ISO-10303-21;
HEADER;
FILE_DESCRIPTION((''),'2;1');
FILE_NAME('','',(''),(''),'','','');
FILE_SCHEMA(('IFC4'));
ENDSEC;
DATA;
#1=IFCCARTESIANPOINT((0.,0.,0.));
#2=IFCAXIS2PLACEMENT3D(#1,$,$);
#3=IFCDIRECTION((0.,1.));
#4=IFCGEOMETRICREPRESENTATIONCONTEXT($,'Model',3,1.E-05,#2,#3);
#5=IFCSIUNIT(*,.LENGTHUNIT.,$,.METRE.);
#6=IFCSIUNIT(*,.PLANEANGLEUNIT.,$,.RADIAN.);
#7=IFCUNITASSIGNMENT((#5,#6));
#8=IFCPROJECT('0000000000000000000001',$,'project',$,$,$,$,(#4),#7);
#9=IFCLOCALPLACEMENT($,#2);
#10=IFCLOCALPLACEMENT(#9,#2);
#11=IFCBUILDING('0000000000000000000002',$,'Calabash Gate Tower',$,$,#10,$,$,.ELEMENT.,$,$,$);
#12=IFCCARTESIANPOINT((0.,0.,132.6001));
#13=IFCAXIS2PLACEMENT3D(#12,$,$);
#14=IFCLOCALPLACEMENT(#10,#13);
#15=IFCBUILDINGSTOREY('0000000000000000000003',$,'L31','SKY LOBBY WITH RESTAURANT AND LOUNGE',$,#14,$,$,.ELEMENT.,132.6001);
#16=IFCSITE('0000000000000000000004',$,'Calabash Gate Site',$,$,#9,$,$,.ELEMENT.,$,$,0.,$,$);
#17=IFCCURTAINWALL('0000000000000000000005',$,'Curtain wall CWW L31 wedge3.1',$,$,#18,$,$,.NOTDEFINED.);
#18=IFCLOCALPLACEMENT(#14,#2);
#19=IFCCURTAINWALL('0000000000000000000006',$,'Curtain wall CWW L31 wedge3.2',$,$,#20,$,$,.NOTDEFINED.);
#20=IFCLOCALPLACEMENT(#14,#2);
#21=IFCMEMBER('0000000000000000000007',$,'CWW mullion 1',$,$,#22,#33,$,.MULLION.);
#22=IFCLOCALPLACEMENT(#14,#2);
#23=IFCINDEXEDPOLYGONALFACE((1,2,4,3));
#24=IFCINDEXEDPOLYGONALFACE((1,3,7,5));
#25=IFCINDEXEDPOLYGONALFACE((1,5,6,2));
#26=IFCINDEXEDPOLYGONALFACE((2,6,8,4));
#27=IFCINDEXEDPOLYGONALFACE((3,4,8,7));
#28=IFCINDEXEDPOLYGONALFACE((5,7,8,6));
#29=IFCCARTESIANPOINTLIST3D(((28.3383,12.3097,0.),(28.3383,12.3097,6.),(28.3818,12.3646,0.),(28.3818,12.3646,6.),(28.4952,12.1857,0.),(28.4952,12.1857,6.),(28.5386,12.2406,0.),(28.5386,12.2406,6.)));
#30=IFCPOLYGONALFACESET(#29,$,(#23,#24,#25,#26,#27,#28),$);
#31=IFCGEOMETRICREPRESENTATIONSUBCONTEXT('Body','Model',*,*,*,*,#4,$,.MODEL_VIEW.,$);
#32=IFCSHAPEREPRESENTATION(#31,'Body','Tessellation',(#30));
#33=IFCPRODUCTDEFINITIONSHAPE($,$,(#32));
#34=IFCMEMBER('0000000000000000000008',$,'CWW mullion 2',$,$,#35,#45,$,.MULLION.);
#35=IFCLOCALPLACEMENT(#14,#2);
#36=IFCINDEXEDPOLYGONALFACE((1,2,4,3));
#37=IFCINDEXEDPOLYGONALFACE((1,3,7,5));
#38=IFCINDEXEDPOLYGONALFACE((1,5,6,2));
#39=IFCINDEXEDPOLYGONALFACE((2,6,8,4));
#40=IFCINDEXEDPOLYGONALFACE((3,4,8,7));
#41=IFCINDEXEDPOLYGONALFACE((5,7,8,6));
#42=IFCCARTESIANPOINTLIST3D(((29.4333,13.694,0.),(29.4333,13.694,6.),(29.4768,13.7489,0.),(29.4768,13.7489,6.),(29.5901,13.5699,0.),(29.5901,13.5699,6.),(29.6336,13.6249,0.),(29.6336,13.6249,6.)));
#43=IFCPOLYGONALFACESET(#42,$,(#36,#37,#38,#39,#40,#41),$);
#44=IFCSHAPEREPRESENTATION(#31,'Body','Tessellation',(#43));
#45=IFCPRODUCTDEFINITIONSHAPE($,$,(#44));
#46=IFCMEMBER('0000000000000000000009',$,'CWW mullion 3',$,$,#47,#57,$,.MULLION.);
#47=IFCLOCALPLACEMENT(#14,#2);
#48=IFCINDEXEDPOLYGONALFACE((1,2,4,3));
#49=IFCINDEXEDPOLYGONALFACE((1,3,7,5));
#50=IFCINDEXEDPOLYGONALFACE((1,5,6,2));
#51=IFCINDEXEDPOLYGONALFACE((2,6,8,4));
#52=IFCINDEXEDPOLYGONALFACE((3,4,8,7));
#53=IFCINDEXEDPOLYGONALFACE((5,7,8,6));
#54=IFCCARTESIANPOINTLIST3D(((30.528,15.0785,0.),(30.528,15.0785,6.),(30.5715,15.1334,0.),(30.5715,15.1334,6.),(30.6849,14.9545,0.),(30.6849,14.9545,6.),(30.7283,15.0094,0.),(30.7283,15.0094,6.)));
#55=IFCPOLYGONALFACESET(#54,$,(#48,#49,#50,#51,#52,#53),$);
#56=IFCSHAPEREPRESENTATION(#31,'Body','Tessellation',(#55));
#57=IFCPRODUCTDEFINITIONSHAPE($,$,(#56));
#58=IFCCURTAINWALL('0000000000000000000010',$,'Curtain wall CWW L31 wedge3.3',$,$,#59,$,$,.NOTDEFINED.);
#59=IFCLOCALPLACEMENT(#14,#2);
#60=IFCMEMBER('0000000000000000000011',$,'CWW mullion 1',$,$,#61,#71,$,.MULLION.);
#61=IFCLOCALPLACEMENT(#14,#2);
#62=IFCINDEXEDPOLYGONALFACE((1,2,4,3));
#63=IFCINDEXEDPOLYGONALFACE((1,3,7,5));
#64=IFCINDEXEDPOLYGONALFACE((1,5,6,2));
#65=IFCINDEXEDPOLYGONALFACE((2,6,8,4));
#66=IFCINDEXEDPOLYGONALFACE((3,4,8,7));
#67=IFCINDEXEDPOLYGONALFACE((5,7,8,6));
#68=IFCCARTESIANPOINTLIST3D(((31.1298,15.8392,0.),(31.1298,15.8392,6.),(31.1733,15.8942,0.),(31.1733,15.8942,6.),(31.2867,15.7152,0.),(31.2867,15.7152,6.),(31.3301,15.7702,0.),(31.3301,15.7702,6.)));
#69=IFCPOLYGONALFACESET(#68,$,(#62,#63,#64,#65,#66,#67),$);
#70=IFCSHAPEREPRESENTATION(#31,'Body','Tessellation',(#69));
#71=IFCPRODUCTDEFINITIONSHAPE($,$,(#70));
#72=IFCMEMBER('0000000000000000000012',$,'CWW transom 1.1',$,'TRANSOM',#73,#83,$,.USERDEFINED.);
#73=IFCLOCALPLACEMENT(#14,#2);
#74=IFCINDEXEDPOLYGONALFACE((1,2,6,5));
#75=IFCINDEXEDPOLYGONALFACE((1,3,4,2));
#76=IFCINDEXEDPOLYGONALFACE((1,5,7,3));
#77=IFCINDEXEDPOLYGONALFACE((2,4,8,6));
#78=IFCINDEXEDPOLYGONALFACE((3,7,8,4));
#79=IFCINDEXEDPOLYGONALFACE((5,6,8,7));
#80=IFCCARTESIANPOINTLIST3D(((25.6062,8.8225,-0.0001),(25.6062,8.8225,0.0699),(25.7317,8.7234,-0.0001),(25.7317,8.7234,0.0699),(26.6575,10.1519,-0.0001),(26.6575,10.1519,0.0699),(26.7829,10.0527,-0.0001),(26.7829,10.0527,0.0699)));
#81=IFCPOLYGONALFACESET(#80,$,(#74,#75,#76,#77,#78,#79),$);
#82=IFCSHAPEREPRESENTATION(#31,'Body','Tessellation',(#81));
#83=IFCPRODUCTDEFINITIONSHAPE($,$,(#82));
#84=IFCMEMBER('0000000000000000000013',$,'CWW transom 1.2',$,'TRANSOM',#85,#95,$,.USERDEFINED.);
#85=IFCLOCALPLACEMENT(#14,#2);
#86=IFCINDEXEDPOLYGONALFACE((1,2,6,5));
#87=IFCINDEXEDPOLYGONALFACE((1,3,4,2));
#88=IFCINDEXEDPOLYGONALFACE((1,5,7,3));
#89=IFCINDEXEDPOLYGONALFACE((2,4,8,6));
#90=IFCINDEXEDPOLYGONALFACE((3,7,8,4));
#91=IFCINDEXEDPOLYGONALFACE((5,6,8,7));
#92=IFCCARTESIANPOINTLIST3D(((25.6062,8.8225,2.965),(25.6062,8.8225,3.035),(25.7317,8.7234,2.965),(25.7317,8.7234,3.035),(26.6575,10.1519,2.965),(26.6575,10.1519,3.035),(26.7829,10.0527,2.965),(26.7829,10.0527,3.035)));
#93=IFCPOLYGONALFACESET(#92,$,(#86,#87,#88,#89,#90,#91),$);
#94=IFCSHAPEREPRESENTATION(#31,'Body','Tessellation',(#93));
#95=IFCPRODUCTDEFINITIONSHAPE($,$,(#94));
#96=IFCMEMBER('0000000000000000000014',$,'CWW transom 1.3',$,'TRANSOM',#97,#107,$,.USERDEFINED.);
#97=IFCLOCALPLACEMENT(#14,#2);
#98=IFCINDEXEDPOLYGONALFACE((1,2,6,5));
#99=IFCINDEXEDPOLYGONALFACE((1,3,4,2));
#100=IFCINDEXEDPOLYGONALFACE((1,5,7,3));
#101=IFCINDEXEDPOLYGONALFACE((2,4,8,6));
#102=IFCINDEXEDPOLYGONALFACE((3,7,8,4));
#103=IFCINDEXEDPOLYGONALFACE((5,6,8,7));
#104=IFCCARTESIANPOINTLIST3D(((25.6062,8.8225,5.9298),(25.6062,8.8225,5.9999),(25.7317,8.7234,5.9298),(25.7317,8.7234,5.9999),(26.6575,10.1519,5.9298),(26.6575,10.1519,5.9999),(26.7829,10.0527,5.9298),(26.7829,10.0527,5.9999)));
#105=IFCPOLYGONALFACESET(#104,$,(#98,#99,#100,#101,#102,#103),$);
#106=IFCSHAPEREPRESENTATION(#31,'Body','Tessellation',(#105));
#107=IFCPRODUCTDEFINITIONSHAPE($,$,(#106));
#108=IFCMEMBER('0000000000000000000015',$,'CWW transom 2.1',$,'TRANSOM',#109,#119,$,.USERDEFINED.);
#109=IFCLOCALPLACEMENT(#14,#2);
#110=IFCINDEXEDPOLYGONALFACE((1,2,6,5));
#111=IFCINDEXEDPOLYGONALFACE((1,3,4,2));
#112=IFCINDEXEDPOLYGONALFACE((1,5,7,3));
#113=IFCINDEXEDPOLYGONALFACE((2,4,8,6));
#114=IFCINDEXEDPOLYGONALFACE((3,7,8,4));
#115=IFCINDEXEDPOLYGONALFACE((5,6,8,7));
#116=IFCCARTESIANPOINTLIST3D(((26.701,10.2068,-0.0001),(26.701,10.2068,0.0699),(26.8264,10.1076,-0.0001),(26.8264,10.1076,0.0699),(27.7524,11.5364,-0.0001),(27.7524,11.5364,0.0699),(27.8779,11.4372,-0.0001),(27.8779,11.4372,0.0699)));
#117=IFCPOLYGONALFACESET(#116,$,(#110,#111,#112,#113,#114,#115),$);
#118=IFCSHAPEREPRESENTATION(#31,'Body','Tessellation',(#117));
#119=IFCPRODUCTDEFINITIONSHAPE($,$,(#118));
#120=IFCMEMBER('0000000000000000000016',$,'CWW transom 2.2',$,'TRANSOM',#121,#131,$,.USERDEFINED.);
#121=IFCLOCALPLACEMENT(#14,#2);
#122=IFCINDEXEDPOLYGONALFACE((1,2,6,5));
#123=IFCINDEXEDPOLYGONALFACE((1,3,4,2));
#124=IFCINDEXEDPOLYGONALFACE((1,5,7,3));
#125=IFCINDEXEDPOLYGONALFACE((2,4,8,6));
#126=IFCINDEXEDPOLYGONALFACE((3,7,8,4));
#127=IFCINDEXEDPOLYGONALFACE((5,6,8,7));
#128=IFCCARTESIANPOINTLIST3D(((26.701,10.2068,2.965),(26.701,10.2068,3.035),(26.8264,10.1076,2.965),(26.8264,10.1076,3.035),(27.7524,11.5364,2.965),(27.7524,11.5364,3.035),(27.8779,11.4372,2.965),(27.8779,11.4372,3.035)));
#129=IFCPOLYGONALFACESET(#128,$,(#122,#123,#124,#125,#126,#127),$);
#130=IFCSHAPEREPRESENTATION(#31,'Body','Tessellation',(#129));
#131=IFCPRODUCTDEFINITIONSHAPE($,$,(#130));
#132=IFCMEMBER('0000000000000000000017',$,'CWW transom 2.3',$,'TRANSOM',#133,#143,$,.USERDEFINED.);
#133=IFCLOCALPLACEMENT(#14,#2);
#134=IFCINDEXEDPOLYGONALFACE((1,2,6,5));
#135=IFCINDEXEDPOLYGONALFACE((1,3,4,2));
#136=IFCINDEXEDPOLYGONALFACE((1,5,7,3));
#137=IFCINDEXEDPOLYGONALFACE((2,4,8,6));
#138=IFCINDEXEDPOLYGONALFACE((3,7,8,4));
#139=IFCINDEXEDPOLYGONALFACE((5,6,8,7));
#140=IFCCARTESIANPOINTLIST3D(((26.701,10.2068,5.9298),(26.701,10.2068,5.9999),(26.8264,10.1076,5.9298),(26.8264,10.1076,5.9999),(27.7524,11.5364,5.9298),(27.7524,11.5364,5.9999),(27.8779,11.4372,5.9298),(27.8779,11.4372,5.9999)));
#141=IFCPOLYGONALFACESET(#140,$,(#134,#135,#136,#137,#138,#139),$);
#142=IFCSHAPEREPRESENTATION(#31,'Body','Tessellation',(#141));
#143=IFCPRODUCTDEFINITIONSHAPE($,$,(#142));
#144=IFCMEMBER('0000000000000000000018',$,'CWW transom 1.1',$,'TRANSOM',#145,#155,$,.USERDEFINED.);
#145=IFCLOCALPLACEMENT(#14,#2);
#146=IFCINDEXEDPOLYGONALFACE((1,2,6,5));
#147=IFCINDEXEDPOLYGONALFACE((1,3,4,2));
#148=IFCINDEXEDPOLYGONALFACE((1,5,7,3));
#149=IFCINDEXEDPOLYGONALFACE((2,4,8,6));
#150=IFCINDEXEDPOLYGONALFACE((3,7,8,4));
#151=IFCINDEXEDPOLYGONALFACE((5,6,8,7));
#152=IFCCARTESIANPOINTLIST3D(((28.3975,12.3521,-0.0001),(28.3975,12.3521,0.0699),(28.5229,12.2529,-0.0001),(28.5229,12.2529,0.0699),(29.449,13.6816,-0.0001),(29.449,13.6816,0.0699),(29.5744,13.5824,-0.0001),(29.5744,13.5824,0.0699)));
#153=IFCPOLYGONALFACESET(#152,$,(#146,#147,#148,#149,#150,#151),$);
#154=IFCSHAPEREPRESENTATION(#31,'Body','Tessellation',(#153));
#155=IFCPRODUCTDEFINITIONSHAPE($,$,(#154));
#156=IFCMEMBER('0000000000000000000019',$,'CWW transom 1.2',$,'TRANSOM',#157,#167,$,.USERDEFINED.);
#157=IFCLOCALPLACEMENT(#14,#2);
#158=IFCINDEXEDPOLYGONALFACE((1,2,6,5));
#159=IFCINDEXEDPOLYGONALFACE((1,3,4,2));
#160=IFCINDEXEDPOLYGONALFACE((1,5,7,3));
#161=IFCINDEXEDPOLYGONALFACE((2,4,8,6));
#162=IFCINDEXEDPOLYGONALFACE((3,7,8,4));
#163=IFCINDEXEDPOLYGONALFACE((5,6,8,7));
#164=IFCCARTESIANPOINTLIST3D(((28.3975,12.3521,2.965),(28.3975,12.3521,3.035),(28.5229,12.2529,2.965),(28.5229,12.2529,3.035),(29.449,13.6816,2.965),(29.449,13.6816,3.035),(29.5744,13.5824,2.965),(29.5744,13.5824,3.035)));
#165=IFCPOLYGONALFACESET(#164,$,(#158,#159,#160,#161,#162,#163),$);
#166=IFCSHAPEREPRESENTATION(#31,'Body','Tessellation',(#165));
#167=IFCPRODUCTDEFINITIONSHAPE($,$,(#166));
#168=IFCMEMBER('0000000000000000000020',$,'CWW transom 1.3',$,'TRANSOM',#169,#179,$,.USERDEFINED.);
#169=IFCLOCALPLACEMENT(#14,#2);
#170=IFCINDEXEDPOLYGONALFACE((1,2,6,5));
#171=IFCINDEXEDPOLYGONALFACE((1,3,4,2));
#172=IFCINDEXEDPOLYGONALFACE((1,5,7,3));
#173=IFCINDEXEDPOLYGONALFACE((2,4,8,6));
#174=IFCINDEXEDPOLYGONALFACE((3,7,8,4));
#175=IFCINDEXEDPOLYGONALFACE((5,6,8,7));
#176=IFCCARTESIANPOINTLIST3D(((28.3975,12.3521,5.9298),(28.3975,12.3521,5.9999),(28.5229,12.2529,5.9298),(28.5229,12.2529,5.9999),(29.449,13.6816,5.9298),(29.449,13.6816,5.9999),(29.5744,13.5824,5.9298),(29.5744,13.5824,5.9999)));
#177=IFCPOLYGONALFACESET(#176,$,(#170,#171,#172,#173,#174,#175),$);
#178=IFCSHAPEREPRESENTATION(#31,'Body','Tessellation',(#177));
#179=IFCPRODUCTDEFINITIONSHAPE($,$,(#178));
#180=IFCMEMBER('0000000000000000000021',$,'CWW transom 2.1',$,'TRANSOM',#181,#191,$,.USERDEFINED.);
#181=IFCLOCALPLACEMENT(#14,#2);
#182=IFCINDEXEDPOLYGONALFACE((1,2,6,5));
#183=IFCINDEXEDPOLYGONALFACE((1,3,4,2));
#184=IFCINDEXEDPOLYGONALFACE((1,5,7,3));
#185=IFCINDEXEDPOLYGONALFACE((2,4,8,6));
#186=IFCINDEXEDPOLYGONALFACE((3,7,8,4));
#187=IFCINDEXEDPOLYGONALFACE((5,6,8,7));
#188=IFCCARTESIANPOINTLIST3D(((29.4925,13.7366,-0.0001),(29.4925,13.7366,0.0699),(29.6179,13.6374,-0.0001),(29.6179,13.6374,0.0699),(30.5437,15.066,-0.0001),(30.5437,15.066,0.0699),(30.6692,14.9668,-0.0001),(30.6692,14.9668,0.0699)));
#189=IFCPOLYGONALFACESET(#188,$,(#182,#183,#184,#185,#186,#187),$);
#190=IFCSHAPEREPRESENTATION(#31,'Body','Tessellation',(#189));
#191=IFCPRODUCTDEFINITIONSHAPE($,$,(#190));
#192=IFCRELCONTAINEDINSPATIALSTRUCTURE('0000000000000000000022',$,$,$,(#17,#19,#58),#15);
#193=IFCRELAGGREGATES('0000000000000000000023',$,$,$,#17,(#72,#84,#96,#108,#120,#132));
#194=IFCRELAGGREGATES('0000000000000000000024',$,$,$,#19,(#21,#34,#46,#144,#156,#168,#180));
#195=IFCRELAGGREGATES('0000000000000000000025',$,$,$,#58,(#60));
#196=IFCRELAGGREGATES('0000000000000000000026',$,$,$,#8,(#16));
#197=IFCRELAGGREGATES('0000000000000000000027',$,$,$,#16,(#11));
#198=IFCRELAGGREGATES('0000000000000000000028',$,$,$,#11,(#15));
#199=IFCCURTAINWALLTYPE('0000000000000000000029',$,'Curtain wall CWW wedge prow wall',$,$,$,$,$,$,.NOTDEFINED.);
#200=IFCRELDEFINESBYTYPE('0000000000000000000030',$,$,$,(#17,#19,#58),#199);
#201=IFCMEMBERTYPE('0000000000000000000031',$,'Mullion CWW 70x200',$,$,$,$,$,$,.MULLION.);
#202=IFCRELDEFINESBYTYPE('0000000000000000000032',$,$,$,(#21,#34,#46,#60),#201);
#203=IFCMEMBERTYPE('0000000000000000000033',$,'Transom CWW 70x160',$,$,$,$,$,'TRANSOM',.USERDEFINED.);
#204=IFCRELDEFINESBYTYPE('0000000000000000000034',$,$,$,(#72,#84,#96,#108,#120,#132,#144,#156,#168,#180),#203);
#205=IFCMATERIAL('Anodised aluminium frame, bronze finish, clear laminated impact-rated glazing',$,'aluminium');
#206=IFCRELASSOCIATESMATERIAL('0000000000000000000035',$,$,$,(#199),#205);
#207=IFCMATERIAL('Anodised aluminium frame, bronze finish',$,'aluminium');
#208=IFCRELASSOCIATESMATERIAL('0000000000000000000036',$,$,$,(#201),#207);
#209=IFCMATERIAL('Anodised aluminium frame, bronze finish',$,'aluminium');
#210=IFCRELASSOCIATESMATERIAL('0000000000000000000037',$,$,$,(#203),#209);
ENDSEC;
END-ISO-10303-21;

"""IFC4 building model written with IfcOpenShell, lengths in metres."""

from ifc_helpers import new_model, si_unit, direction, frame, origin, origin_2d, place, context, subcontext, project, spatial, rectangle, extrude, material, material_profile, profile_set, type_object, element, aggregate, save


model = new_model("IFC4")

# Units and contexts
model_context = context("Model", 3, precision=1e-05, world=origin(), true_north=direction((0.0, 1.0)))
body_context = subcontext(model_context, "Body", "Model", "MODEL_VIEW")
ifc_project = project(units=[si_unit("LENGTHUNIT", "METRE"), si_unit("PLANEANGLEUNIT", "RADIAN")], contexts=[model_context])

# Site, building, storey
site_placement = place(None, origin())
site = spatial("IfcSite", under=ifc_project, at=site_placement, Name="Calabash Gate Site", CompositionType="ELEMENT", RefElevation=0.0)
building_placement = place(site_placement, origin())
building = spatial("IfcBuilding", under=site, at=building_placement, Name="Calabash Gate Tower", CompositionType="ELEMENT")
storey_placement = place(building_placement, frame((0.0, 0.0, 132.6001)))
storey = spatial("IfcBuildingStorey", under=building, at=storey_placement, Name="L31", Description="SKY LOBBY WITH RESTAURANT AND LOUNGE", CompositionType="ELEMENT", Elevation=132.6001)

# Curtain walls, members
ifc_material_1 = material(Name="Anodised aluminium frame, bronze finish, clear laminated impact-rated glazing", Category="aluminium")
curtain_wall_type = type_object("IfcCurtainWallType", Name="Curtain wall CWW wedge prow wall", PredefinedType="NOTDEFINED", material=ifc_material_1)
curtain_wall_1_placement = place(storey_placement, origin())
curtain_wall_1 = element("IfcCurtainWall", 1, at=curtain_wall_1_placement, inside=storey, type_object=curtain_wall_type, Name="Curtain wall CWW L31 wedge3.1", PredefinedType="NOTDEFINED")
ifc_material_2 = material(Name="Anodised aluminium frame, bronze finish", Category="aluminium")
ifc_material_profile_1 = material_profile(ifc_material_2, rectangle(XDim=0.2, YDim=0.0701, at=origin_2d()))
ifc_profile_set_1 = profile_set([ifc_material_profile_1], Name="Anodised aluminium frame, bronze finish")
member_type_1 = type_object("IfcMemberType", Name="Mullion CWW 70x200", PredefinedType="MULLION", material=ifc_profile_set_1)
curtain_wall_2_placement = place(storey_placement, origin())
curtain_wall_2 = element("IfcCurtainWall", 2, at=curtain_wall_2_placement, inside=storey, type_object=curtain_wall_type, Name="Curtain wall CWW L31 wedge3.2", PredefinedType="NOTDEFINED")
member_1_placement = place(storey_placement, frame((28.4385, 12.2751, 0.0), z_axis=(0.0, 0.0, 1.0), x_axis=(-0.784364, 0.620301, 0.0)))
member_1 = element("IfcMember", 3, at=member_1_placement, type_object=member_type_1, Name="CWW mullion 1", PredefinedType="MULLION", context=body_context, shape_type="SweptSolid", body=[
    extrude(rectangle(XDim=0.2, YDim=0.0701, at=origin_2d()), origin(), (0.0, 0.0, 1.0), 6.0),
])
member_2_placement = place(storey_placement, frame((29.5334, 13.6594, 0.0), z_axis=(0.0, 0.0, 1.0), x_axis=(-0.784364, 0.620301, 0.0)))
member_2 = element("IfcMember", 4, at=member_2_placement, type_object=member_type_1, Name="CWW mullion 2", PredefinedType="MULLION", context=body_context, shape_type="SweptSolid", body=[
    extrude(rectangle(XDim=0.2, YDim=0.0701, at=origin_2d()), origin(), (0.0, 0.0, 1.0), 6.0),
])
member_3_placement = place(storey_placement, frame((30.6282, 15.0439, 0.0), z_axis=(0.0, 0.0, 1.0), x_axis=(-0.784364, 0.620301, 0.0)))
member_3 = element("IfcMember", 5, at=member_3_placement, type_object=member_type_1, Name="CWW mullion 3", PredefinedType="MULLION", context=body_context, shape_type="SweptSolid", body=[
    extrude(rectangle(XDim=0.2, YDim=0.0701, at=origin_2d()), origin(), (0.0, 0.0, 1.0), 6.0),
])

# Curtain wall, member
curtain_wall_3_placement = place(storey_placement, origin())
curtain_wall_3 = element("IfcCurtainWall", 6, at=curtain_wall_3_placement, inside=storey, type_object=curtain_wall_type, Name="Curtain wall CWW L31 wedge3.3", PredefinedType="NOTDEFINED")
member_4_placement = place(storey_placement, frame((31.23, 15.8047, 0.0), z_axis=(0.0, 0.0, 1.0), x_axis=(-0.784364, 0.620301, 0.0)))
member_4 = element("IfcMember", 7, at=member_4_placement, type_object=member_type_1, Name="CWW mullion 1", PredefinedType="MULLION", context=body_context, shape_type="SweptSolid", body=[
    extrude(rectangle(XDim=0.2, YDim=0.0701, at=origin_2d()), origin(), (0.0, 0.0, 1.0), 6.0),
])

# Members
ifc_material_3 = material(Name="Anodised aluminium frame, bronze finish", Category="aluminium")
ifc_material_profile_2 = material_profile(ifc_material_3, rectangle(XDim=0.1599, YDim=0.0701, at=origin_2d()))
ifc_profile_set_2 = profile_set([ifc_material_profile_2], Name="Anodised aluminium frame, bronze finish")
member_type_2 = type_object("IfcMemberType", Name="Transom CWW 70x160", ElementType="TRANSOM", PredefinedType="USERDEFINED", material=ifc_profile_set_2)
member_5_placement = place(storey_placement, frame((25.6689, 8.7729, 0.0349), z_axis=(0.620293, 0.78437, 0.0), x_axis=(-0.78437, 0.620293, 0.0)))
member_5 = element("IfcMember", 8, at=member_5_placement, type_object=member_type_2, Name="CWW transom 1.1", ObjectType="TRANSOM", PredefinedType="USERDEFINED", context=body_context, shape_type="SweptSolid", body=[
    extrude(rectangle(XDim=0.1599, YDim=0.0701, at=origin_2d()), origin(), (0.0, 0.0, 1.0), 1.6948),
])
member_6_placement = place(storey_placement, frame((25.6689, 8.7729, 3.0), z_axis=(0.620293, 0.78437, 0.0), x_axis=(-0.78437, 0.620293, 0.0)))
member_6 = element("IfcMember", 9, at=member_6_placement, type_object=member_type_2, Name="CWW transom 1.2", ObjectType="TRANSOM", PredefinedType="USERDEFINED", context=body_context, shape_type="SweptSolid", body=[
    extrude(rectangle(XDim=0.1599, YDim=0.0701, at=origin_2d()), origin(), (0.0, 0.0, 1.0), 1.6948),
])
member_7_placement = place(storey_placement, frame((25.6689, 8.7729, 5.9648), z_axis=(0.620293, 0.78437, 0.0), x_axis=(-0.78437, 0.620293, 0.0)))
member_7 = element("IfcMember", 10, at=member_7_placement, type_object=member_type_2, Name="CWW transom 1.3", ObjectType="TRANSOM", PredefinedType="USERDEFINED", context=body_context, shape_type="SweptSolid", body=[
    extrude(rectangle(XDim=0.1599, YDim=0.0701, at=origin_2d()), origin(), (0.0, 0.0, 1.0), 1.6948),
])
member_8_placement = place(storey_placement, frame((26.7637, 10.1572, 0.0349), z_axis=(0.620312, 0.784355, 0.0), x_axis=(-0.784355, 0.620312, 0.0)))
member_8 = element("IfcMember", 11, at=member_8_placement, type_object=member_type_2, Name="CWW transom 2.1", ObjectType="TRANSOM", PredefinedType="USERDEFINED", context=body_context, shape_type="SweptSolid", body=[
    extrude(rectangle(XDim=0.1599, YDim=0.0701, at=origin_2d()), origin(), (0.0, 0.0, 1.0), 1.6951),
])
member_9_placement = place(storey_placement, frame((26.7637, 10.1572, 3.0), z_axis=(0.620312, 0.784355, 0.0), x_axis=(-0.784355, 0.620312, 0.0)))
member_9 = element("IfcMember", 12, at=member_9_placement, type_object=member_type_2, Name="CWW transom 2.2", ObjectType="TRANSOM", PredefinedType="USERDEFINED", context=body_context, shape_type="SweptSolid", body=[
    extrude(rectangle(XDim=0.1599, YDim=0.0701, at=origin_2d()), origin(), (0.0, 0.0, 1.0), 1.6951),
])
member_10_placement = place(storey_placement, frame((26.7637, 10.1572, 5.9648), z_axis=(0.620312, 0.784355, 0.0), x_axis=(-0.784355, 0.620312, 0.0)))
member_10 = element("IfcMember", 13, at=member_10_placement, type_object=member_type_2, Name="CWW transom 2.3", ObjectType="TRANSOM", PredefinedType="USERDEFINED", context=body_context, shape_type="SweptSolid", body=[
    extrude(rectangle(XDim=0.1599, YDim=0.0701, at=origin_2d()), origin(), (0.0, 0.0, 1.0), 1.6951),
])
member_11_placement = place(storey_placement, frame((28.4602, 12.3025, 0.0349), z_axis=(0.620312, 0.784355, 0.0), x_axis=(-0.784355, 0.620312, 0.0)))
member_11 = element("IfcMember", 14, at=member_11_placement, type_object=member_type_2, Name="CWW transom 1.1", ObjectType="TRANSOM", PredefinedType="USERDEFINED", context=body_context, shape_type="SweptSolid", body=[
    extrude(rectangle(XDim=0.1599, YDim=0.0701, at=origin_2d()), origin(), (0.0, 0.0, 1.0), 1.6951),
])
member_12_placement = place(storey_placement, frame((28.4602, 12.3025, 3.0), z_axis=(0.620312, 0.784355, 0.0), x_axis=(-0.784355, 0.620312, 0.0)))
member_12 = element("IfcMember", 15, at=member_12_placement, type_object=member_type_2, Name="CWW transom 1.2", ObjectType="TRANSOM", PredefinedType="USERDEFINED", context=body_context, shape_type="SweptSolid", body=[
    extrude(rectangle(XDim=0.1599, YDim=0.0701, at=origin_2d()), origin(), (0.0, 0.0, 1.0), 1.6951),
])
member_13_placement = place(storey_placement, frame((28.4602, 12.3025, 5.9648), z_axis=(0.620312, 0.784355, 0.0), x_axis=(-0.784355, 0.620312, 0.0)))
member_13 = element("IfcMember", 16, at=member_13_placement, type_object=member_type_2, Name="CWW transom 1.3", ObjectType="TRANSOM", PredefinedType="USERDEFINED", context=body_context, shape_type="SweptSolid", body=[
    extrude(rectangle(XDim=0.1599, YDim=0.0701, at=origin_2d()), origin(), (0.0, 0.0, 1.0), 1.6951),
])
member_14_placement = place(storey_placement, frame((29.5552, 13.687, 0.0349), z_axis=(0.620293, 0.78437, 0.0), x_axis=(-0.78437, 0.620293, 0.0)))
member_14 = element("IfcMember", 17, at=member_14_placement, type_object=member_type_2, Name="CWW transom 2.1", ObjectType="TRANSOM", PredefinedType="USERDEFINED", context=body_context, shape_type="SweptSolid", body=[
    extrude(rectangle(XDim=0.1599, YDim=0.0701, at=origin_2d()), origin(), (0.0, 0.0, 1.0), 1.6948),
])

aggregate(curtain_wall_1, [member_5, member_6, member_7, member_8, member_9, member_10])
aggregate(curtain_wall_2, [member_1, member_2, member_3, member_11, member_12, member_13, member_14])
aggregate(curtain_wall_3, [member_4])

save(model, "model.ifc")
